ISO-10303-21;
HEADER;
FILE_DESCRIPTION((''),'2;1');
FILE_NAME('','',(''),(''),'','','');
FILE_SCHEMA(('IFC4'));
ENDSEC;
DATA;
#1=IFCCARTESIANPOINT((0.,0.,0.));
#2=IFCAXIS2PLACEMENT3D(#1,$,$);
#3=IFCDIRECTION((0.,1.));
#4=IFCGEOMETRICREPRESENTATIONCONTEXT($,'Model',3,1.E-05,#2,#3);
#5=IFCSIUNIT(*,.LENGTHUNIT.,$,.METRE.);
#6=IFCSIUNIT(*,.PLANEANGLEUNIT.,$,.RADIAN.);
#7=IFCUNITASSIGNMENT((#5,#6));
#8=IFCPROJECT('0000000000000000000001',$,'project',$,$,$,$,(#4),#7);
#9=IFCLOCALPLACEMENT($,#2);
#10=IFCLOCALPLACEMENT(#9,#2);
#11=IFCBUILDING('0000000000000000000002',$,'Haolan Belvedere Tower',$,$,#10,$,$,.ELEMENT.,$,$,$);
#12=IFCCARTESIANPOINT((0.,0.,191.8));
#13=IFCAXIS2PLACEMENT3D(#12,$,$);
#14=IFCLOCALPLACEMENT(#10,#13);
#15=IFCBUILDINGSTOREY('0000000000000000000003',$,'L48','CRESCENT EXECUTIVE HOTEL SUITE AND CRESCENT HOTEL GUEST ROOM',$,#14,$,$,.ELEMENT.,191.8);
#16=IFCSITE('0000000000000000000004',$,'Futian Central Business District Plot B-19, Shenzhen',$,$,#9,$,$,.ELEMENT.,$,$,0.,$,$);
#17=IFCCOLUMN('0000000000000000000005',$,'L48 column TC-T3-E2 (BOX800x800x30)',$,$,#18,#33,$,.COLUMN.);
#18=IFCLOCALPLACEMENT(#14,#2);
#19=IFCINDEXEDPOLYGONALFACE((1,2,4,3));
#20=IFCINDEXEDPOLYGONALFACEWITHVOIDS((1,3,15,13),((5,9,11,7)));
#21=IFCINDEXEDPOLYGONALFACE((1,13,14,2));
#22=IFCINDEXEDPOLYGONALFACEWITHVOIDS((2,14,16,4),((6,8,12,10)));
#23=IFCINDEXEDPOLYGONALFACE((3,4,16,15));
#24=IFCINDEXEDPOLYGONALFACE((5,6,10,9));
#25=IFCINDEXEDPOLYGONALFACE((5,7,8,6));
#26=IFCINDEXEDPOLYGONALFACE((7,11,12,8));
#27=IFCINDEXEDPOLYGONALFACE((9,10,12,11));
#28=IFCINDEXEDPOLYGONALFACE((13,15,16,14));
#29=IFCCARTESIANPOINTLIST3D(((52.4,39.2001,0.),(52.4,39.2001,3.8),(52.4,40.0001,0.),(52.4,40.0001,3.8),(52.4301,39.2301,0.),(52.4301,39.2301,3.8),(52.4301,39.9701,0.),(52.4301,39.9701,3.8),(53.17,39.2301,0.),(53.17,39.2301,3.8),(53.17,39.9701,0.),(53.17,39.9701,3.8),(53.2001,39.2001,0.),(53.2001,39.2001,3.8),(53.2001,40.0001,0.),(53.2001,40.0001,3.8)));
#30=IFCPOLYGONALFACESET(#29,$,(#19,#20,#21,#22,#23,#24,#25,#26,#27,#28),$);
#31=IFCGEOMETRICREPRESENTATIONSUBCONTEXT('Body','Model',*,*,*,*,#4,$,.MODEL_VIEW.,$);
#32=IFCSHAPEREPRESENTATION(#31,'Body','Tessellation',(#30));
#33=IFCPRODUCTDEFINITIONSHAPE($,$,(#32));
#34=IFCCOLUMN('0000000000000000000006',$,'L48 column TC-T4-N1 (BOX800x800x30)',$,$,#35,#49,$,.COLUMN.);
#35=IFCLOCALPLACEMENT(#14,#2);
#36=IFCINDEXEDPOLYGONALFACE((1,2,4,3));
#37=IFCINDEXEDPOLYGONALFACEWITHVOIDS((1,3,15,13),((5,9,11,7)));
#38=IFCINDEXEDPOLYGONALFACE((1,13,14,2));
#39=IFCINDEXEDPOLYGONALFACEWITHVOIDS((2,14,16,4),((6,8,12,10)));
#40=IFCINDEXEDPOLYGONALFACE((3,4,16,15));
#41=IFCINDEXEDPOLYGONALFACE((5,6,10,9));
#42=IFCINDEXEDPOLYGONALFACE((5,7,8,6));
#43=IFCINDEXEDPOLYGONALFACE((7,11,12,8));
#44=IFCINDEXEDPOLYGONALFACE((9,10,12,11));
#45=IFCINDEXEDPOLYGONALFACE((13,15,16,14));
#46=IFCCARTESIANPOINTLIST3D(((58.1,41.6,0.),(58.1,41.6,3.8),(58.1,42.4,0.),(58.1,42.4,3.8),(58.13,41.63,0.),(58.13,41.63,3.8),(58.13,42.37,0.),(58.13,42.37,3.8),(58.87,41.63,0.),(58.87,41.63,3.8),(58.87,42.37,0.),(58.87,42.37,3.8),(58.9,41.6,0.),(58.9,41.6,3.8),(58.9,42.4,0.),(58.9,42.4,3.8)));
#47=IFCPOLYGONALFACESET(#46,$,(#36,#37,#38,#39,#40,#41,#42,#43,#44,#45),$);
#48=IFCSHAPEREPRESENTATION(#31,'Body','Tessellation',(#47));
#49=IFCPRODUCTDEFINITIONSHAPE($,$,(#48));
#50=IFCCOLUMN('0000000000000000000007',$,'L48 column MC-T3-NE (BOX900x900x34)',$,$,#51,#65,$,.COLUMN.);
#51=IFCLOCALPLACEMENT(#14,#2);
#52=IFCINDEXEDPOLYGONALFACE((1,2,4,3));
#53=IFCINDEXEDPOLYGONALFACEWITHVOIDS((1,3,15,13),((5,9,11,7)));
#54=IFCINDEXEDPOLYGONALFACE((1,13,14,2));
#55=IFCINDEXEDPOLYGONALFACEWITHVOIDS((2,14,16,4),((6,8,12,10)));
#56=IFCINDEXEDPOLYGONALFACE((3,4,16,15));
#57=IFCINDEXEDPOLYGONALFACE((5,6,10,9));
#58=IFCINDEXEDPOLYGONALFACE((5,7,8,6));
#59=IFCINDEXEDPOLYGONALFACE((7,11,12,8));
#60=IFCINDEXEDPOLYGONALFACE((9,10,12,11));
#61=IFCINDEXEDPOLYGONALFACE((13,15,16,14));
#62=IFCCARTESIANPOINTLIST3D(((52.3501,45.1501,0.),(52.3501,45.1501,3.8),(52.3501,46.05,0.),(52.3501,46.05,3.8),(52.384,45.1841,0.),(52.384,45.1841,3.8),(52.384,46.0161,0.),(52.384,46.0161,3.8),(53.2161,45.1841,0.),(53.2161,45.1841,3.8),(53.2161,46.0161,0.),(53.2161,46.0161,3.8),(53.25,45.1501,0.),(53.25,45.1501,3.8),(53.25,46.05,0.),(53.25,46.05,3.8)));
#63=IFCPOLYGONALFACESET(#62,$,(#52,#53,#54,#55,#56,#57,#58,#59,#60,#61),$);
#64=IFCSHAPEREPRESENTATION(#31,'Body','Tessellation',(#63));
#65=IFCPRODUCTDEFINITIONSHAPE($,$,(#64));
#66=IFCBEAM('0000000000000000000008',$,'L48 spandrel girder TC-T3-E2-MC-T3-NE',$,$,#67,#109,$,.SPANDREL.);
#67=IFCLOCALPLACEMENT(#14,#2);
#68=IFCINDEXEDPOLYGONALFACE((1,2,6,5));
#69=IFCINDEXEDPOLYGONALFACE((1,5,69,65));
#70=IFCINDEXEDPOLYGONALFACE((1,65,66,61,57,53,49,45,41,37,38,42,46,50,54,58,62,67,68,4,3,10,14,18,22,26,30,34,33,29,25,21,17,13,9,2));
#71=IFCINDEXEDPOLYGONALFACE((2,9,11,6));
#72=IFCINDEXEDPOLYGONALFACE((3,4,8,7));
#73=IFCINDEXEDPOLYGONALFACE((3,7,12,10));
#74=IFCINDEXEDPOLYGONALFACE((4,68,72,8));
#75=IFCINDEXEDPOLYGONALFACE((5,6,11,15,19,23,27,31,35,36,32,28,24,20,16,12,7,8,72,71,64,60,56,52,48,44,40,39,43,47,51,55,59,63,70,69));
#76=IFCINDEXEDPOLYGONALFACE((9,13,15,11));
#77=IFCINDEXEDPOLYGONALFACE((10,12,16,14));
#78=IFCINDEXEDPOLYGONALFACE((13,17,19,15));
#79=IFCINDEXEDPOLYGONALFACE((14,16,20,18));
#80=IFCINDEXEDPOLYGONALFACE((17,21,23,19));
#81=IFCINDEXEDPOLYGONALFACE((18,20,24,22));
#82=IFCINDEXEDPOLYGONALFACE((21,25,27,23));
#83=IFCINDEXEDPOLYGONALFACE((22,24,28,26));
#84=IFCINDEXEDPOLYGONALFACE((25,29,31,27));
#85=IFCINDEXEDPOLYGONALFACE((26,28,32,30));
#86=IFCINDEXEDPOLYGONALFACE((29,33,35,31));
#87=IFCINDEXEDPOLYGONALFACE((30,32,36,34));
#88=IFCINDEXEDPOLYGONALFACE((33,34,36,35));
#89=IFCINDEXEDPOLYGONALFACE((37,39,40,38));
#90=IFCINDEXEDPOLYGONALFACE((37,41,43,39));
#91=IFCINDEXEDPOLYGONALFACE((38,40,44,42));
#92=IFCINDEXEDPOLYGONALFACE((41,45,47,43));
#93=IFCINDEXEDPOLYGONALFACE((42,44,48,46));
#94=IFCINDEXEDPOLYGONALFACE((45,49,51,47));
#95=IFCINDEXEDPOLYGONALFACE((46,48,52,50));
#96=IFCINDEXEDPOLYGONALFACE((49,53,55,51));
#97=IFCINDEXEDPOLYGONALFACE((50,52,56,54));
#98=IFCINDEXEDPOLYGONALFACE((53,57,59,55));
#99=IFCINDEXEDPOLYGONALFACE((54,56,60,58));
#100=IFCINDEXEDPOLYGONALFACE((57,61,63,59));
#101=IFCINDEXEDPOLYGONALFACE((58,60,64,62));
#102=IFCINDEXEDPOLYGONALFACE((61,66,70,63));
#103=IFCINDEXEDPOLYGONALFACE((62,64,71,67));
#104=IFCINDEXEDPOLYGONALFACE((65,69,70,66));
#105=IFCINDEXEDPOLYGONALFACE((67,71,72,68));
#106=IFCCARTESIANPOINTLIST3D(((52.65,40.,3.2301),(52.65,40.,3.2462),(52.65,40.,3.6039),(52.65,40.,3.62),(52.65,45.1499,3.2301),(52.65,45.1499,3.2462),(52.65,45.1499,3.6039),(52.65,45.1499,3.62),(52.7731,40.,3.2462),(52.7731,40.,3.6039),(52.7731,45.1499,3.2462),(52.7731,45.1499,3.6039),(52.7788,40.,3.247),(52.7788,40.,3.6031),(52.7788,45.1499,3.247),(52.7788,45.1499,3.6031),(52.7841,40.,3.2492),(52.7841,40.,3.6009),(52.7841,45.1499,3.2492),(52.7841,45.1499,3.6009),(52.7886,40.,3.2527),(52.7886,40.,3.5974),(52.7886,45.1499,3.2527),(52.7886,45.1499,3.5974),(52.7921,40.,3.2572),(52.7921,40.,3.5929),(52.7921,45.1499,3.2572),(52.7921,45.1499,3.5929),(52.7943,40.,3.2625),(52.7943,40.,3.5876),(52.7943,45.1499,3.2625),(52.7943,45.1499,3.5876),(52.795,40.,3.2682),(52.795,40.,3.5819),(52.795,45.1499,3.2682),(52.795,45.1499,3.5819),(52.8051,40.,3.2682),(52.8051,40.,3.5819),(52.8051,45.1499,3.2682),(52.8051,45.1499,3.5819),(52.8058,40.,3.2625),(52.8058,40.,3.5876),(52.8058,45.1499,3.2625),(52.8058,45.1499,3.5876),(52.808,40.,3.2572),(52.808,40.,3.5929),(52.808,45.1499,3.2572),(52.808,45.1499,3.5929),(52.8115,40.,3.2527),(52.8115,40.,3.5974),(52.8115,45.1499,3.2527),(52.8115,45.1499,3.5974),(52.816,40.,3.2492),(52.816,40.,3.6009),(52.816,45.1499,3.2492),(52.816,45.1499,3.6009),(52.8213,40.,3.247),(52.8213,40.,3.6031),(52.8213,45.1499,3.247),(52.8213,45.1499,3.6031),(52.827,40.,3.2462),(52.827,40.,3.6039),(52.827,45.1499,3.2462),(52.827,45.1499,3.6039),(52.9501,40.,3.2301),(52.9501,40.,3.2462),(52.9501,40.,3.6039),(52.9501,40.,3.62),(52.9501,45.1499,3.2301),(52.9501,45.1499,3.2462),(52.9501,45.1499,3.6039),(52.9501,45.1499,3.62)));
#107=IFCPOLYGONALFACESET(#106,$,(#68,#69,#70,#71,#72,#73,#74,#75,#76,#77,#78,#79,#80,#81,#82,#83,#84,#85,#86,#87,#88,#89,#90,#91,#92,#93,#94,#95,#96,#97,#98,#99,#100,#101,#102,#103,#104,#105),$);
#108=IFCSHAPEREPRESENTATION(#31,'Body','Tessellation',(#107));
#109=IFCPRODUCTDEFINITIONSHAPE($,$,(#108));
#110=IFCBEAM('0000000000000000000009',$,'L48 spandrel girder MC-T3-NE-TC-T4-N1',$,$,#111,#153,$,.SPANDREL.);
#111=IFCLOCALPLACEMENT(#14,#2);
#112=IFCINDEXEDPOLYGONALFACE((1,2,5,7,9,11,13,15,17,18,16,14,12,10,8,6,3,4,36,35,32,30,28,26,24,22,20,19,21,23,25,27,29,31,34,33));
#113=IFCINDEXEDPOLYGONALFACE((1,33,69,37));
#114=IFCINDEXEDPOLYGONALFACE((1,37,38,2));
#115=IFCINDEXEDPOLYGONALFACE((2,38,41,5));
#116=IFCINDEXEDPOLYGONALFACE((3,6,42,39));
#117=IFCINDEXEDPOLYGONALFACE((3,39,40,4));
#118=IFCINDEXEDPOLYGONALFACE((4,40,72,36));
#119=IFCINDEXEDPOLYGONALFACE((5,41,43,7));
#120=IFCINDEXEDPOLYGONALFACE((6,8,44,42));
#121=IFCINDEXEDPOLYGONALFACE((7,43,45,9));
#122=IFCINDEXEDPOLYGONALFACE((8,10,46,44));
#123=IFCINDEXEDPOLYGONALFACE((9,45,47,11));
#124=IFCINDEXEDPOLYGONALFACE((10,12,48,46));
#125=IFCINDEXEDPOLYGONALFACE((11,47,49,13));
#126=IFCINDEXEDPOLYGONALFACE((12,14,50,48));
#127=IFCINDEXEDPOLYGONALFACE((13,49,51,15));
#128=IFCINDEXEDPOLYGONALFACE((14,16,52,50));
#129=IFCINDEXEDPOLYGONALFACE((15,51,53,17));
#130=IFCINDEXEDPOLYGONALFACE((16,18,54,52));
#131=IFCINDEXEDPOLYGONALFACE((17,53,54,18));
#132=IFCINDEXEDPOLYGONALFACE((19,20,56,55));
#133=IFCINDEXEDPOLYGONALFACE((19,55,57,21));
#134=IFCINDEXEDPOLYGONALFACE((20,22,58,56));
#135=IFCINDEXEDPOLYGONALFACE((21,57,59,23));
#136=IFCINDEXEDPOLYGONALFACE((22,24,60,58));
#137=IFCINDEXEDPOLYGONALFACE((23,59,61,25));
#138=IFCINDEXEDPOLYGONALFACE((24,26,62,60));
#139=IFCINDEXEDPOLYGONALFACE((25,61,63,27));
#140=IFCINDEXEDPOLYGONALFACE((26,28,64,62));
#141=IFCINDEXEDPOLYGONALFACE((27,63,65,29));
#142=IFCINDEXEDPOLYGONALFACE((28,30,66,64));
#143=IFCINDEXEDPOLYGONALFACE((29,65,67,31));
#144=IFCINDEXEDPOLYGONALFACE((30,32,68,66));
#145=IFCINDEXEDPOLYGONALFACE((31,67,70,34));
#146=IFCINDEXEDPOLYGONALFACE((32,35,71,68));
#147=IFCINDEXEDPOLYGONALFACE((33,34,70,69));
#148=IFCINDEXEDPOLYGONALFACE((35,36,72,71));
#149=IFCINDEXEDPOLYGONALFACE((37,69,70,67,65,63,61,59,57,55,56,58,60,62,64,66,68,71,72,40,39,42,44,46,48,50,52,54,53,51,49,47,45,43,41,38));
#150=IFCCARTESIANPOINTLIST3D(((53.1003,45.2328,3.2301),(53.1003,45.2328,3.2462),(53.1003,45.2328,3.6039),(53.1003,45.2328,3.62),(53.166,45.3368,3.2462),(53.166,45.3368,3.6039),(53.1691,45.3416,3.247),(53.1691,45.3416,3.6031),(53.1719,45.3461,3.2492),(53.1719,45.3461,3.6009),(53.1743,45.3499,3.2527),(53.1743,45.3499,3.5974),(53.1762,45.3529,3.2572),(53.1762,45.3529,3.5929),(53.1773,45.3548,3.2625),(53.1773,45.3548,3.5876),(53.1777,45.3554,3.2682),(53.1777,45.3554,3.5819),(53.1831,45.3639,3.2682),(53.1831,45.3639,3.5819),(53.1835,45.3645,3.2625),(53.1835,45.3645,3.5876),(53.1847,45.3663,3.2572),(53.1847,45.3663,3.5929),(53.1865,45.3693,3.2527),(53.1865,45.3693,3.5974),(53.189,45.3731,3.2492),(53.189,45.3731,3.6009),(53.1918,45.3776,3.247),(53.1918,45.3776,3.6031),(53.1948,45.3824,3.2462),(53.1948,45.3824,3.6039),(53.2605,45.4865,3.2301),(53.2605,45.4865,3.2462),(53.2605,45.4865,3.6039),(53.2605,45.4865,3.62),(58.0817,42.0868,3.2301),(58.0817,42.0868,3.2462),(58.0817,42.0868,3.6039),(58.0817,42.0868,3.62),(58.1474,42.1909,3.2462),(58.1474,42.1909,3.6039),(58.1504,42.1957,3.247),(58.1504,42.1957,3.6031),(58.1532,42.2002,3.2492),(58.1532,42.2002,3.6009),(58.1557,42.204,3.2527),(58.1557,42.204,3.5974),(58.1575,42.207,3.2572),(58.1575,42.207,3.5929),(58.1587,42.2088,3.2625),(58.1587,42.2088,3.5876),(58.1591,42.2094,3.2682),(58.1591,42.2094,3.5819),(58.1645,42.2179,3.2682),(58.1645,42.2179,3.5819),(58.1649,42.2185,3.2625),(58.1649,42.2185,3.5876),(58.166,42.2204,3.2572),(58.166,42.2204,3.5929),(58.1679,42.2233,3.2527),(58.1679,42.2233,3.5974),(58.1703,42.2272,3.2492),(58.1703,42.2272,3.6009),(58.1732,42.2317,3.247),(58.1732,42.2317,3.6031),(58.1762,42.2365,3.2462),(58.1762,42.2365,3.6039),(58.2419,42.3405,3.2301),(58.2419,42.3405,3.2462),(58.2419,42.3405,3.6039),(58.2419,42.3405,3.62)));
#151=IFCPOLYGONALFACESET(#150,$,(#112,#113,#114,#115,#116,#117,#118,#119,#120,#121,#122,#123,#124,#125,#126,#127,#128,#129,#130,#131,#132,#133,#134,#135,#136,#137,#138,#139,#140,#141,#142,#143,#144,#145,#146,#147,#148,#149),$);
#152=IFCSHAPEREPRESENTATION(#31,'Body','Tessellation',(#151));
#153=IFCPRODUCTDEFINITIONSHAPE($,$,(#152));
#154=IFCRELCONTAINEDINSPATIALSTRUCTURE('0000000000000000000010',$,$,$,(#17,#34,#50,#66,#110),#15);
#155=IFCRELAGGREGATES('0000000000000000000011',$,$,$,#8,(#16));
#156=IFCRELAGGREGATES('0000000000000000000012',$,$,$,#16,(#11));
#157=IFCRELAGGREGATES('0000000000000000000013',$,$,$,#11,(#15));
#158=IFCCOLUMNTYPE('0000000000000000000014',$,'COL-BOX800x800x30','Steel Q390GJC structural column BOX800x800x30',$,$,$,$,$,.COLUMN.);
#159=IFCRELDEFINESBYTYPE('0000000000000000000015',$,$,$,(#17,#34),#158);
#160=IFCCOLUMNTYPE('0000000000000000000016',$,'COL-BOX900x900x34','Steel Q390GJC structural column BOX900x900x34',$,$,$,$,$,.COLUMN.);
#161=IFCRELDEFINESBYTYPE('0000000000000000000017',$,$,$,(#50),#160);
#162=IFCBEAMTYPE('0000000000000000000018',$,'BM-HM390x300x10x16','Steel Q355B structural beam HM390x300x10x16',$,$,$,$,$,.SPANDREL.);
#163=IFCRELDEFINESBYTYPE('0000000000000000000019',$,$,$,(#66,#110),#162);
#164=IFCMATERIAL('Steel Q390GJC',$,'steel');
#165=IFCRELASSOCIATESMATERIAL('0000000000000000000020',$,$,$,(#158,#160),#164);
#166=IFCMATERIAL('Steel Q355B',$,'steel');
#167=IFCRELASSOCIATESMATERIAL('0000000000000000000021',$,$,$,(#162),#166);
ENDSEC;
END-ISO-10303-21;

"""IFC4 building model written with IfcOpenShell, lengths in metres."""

from ifc_helpers import new_model, si_unit, direction, frame, origin, origin_2d, place, context, subcontext, project, spatial, hollow_rectangle, i_section, extrude, material, material_profile, profile_set, type_object, element, save


model = new_model("IFC4")

# Units and contexts
model_context = context("Model", 3, precision=1e-05, world=origin(), true_north=direction((0.0, 1.0)))
body_context = subcontext(model_context, "Body", "Model", "MODEL_VIEW")
ifc_project = project(units=[si_unit("LENGTHUNIT", "METRE"), si_unit("PLANEANGLEUNIT", "RADIAN")], contexts=[model_context])

# Site, building, storey
site_placement = place(None, origin())
site = spatial("IfcSite", under=ifc_project, at=site_placement, Name="Futian Central Business District Plot B-19, Shenzhen", CompositionType="ELEMENT", RefElevation=0.0)
building_placement = place(site_placement, origin())
building = spatial("IfcBuilding", under=site, at=building_placement, Name="Haolan Belvedere Tower", CompositionType="ELEMENT")
storey_placement = place(building_placement, frame((0.0, 0.0, 191.8)))
storey = spatial("IfcBuildingStorey", under=building, at=storey_placement, Name="L48", Description="CRESCENT EXECUTIVE HOTEL SUITE AND CRESCENT HOTEL GUEST ROOM", CompositionType="ELEMENT", Elevation=191.8)

# Columns
ifc_material_1 = material(Name="Steel Q390GJC", Category="steel")
ifc_material_profile_1 = material_profile(ifc_material_1, hollow_rectangle(XDim=0.8, YDim=0.8, WallThickness=0.03, at=origin_2d()), Name="Steel Q390GJC")
ifc_profile_set_1 = profile_set([ifc_material_profile_1], Name="Steel Q390GJC")
column_type_1 = type_object("IfcColumnType", Name="COL-BOX800x800x30", Description="Steel Q390GJC structural column BOX800x800x30", PredefinedType="COLUMN", material=ifc_profile_set_1)
for number, where, z_axis, x_axis, name in (
    (1, (52.8, 39.6001, 0.0), (0.0, 0.0, 1.0), (1.0, 0.0, 0.0), "L48 column TC-T3-E2 (BOX800x800x30)"),
    (2, (58.5, 42.0, 0.0), (0.0, 0.0, 1.0), (1.0, 0.0, 0.0), "L48 column TC-T4-N1 (BOX800x800x30)"),
):
    element("IfcColumn", number, at=place(storey_placement, frame(where, z_axis=z_axis, x_axis=x_axis)), inside=storey, type_object=column_type_1, Name=name, PredefinedType="COLUMN", context=body_context, shape_type="SweptSolid", body=[
        extrude(hollow_rectangle(XDim=0.8, YDim=0.8, WallThickness=0.03, at=origin_2d()), origin(), (0.0, 0.0, 1.0), 3.8),
    ])
ifc_material_profile_2 = material_profile(ifc_material_1, hollow_rectangle(XDim=0.8999, YDim=0.8999, WallThickness=0.0339, at=origin_2d()), Name="Steel Q390GJC")
ifc_profile_set_2 = profile_set([ifc_material_profile_2], Name="Steel Q390GJC")
column_type_2 = type_object("IfcColumnType", Name="COL-BOX900x900x34", Description="Steel Q390GJC structural column BOX900x900x34", PredefinedType="COLUMN", material=ifc_profile_set_2)
column_placement = place(storey_placement, frame((52.8, 45.6001, 0.0), z_axis=(0.0, 0.0, 1.0), x_axis=(1.0, 0.0, 0.0)))
element("IfcColumn", 3, at=column_placement, inside=storey, type_object=column_type_2, Name="L48 column MC-T3-NE (BOX900x900x34)", PredefinedType="COLUMN", context=body_context, shape_type="SweptSolid", body=[
    extrude(hollow_rectangle(XDim=0.8999, YDim=0.8999, WallThickness=0.0339, at=origin_2d()), origin(), (0.0, 0.0, 1.0), 3.8),
])

# Beams
ifc_material_2 = material(Name="Steel Q355B", Category="steel")
ifc_material_profile_3 = material_profile(ifc_material_2, i_section(OverallWidth=0.3, OverallDepth=0.3899, WebThickness=0.01, FlangeThickness=0.0161, FilletRadius=0.022, at=origin_2d()), Name="Steel Q355B")
ifc_profile_set_3 = profile_set([ifc_material_profile_3], Name="Steel Q355B")
beam_type_1 = type_object("IfcBeamType", Name="BM-HM390x300x10x16", Description="Steel Q355B structural beam HM390x300x10x16", PredefinedType="SPANDREL", material=ifc_profile_set_3)
beam_1_placement = place(storey_placement, frame((52.8, 40.0, 3.425), z_axis=(0.0, 1.0, 0.0), x_axis=(-1.0, 0.0, 0.0)))
element("IfcBeam", 4, at=beam_1_placement, inside=storey, type_object=beam_type_1, Name="L48 spandrel girder TC-T3-E2-MC-T3-NE", PredefinedType="SPANDREL", context=body_context, shape_type="SweptSolid", body=[
    extrude(i_section(OverallWidth=0.3, OverallDepth=0.3899, WebThickness=0.01, FlangeThickness=0.0161, FilletRadius=0.022, at=origin_2d()), origin(), (0.0, 0.0, 1.0), 5.1499),
])
beam_2_placement = place(storey_placement, frame((53.1804, 45.3596, 3.425), z_axis=(0.845503, -0.533971, 0.0), x_axis=(0.533971, 0.845503, 0.0)))
element("IfcBeam", 5, at=beam_2_placement, inside=storey, type_object=beam_type_1, Name="L48 spandrel girder MC-T3-NE-TC-T4-N1", PredefinedType="SPANDREL", context=body_context, shape_type="SweptSolid", body=[
    extrude(i_section(OverallWidth=0.3, OverallDepth=0.3899, WebThickness=0.01, FlangeThickness=0.0161, FilletRadius=0.022, at=origin_2d()), origin(), (0.0, 0.0, 1.0), 5.8916),
])

save(model, "model.ifc")
